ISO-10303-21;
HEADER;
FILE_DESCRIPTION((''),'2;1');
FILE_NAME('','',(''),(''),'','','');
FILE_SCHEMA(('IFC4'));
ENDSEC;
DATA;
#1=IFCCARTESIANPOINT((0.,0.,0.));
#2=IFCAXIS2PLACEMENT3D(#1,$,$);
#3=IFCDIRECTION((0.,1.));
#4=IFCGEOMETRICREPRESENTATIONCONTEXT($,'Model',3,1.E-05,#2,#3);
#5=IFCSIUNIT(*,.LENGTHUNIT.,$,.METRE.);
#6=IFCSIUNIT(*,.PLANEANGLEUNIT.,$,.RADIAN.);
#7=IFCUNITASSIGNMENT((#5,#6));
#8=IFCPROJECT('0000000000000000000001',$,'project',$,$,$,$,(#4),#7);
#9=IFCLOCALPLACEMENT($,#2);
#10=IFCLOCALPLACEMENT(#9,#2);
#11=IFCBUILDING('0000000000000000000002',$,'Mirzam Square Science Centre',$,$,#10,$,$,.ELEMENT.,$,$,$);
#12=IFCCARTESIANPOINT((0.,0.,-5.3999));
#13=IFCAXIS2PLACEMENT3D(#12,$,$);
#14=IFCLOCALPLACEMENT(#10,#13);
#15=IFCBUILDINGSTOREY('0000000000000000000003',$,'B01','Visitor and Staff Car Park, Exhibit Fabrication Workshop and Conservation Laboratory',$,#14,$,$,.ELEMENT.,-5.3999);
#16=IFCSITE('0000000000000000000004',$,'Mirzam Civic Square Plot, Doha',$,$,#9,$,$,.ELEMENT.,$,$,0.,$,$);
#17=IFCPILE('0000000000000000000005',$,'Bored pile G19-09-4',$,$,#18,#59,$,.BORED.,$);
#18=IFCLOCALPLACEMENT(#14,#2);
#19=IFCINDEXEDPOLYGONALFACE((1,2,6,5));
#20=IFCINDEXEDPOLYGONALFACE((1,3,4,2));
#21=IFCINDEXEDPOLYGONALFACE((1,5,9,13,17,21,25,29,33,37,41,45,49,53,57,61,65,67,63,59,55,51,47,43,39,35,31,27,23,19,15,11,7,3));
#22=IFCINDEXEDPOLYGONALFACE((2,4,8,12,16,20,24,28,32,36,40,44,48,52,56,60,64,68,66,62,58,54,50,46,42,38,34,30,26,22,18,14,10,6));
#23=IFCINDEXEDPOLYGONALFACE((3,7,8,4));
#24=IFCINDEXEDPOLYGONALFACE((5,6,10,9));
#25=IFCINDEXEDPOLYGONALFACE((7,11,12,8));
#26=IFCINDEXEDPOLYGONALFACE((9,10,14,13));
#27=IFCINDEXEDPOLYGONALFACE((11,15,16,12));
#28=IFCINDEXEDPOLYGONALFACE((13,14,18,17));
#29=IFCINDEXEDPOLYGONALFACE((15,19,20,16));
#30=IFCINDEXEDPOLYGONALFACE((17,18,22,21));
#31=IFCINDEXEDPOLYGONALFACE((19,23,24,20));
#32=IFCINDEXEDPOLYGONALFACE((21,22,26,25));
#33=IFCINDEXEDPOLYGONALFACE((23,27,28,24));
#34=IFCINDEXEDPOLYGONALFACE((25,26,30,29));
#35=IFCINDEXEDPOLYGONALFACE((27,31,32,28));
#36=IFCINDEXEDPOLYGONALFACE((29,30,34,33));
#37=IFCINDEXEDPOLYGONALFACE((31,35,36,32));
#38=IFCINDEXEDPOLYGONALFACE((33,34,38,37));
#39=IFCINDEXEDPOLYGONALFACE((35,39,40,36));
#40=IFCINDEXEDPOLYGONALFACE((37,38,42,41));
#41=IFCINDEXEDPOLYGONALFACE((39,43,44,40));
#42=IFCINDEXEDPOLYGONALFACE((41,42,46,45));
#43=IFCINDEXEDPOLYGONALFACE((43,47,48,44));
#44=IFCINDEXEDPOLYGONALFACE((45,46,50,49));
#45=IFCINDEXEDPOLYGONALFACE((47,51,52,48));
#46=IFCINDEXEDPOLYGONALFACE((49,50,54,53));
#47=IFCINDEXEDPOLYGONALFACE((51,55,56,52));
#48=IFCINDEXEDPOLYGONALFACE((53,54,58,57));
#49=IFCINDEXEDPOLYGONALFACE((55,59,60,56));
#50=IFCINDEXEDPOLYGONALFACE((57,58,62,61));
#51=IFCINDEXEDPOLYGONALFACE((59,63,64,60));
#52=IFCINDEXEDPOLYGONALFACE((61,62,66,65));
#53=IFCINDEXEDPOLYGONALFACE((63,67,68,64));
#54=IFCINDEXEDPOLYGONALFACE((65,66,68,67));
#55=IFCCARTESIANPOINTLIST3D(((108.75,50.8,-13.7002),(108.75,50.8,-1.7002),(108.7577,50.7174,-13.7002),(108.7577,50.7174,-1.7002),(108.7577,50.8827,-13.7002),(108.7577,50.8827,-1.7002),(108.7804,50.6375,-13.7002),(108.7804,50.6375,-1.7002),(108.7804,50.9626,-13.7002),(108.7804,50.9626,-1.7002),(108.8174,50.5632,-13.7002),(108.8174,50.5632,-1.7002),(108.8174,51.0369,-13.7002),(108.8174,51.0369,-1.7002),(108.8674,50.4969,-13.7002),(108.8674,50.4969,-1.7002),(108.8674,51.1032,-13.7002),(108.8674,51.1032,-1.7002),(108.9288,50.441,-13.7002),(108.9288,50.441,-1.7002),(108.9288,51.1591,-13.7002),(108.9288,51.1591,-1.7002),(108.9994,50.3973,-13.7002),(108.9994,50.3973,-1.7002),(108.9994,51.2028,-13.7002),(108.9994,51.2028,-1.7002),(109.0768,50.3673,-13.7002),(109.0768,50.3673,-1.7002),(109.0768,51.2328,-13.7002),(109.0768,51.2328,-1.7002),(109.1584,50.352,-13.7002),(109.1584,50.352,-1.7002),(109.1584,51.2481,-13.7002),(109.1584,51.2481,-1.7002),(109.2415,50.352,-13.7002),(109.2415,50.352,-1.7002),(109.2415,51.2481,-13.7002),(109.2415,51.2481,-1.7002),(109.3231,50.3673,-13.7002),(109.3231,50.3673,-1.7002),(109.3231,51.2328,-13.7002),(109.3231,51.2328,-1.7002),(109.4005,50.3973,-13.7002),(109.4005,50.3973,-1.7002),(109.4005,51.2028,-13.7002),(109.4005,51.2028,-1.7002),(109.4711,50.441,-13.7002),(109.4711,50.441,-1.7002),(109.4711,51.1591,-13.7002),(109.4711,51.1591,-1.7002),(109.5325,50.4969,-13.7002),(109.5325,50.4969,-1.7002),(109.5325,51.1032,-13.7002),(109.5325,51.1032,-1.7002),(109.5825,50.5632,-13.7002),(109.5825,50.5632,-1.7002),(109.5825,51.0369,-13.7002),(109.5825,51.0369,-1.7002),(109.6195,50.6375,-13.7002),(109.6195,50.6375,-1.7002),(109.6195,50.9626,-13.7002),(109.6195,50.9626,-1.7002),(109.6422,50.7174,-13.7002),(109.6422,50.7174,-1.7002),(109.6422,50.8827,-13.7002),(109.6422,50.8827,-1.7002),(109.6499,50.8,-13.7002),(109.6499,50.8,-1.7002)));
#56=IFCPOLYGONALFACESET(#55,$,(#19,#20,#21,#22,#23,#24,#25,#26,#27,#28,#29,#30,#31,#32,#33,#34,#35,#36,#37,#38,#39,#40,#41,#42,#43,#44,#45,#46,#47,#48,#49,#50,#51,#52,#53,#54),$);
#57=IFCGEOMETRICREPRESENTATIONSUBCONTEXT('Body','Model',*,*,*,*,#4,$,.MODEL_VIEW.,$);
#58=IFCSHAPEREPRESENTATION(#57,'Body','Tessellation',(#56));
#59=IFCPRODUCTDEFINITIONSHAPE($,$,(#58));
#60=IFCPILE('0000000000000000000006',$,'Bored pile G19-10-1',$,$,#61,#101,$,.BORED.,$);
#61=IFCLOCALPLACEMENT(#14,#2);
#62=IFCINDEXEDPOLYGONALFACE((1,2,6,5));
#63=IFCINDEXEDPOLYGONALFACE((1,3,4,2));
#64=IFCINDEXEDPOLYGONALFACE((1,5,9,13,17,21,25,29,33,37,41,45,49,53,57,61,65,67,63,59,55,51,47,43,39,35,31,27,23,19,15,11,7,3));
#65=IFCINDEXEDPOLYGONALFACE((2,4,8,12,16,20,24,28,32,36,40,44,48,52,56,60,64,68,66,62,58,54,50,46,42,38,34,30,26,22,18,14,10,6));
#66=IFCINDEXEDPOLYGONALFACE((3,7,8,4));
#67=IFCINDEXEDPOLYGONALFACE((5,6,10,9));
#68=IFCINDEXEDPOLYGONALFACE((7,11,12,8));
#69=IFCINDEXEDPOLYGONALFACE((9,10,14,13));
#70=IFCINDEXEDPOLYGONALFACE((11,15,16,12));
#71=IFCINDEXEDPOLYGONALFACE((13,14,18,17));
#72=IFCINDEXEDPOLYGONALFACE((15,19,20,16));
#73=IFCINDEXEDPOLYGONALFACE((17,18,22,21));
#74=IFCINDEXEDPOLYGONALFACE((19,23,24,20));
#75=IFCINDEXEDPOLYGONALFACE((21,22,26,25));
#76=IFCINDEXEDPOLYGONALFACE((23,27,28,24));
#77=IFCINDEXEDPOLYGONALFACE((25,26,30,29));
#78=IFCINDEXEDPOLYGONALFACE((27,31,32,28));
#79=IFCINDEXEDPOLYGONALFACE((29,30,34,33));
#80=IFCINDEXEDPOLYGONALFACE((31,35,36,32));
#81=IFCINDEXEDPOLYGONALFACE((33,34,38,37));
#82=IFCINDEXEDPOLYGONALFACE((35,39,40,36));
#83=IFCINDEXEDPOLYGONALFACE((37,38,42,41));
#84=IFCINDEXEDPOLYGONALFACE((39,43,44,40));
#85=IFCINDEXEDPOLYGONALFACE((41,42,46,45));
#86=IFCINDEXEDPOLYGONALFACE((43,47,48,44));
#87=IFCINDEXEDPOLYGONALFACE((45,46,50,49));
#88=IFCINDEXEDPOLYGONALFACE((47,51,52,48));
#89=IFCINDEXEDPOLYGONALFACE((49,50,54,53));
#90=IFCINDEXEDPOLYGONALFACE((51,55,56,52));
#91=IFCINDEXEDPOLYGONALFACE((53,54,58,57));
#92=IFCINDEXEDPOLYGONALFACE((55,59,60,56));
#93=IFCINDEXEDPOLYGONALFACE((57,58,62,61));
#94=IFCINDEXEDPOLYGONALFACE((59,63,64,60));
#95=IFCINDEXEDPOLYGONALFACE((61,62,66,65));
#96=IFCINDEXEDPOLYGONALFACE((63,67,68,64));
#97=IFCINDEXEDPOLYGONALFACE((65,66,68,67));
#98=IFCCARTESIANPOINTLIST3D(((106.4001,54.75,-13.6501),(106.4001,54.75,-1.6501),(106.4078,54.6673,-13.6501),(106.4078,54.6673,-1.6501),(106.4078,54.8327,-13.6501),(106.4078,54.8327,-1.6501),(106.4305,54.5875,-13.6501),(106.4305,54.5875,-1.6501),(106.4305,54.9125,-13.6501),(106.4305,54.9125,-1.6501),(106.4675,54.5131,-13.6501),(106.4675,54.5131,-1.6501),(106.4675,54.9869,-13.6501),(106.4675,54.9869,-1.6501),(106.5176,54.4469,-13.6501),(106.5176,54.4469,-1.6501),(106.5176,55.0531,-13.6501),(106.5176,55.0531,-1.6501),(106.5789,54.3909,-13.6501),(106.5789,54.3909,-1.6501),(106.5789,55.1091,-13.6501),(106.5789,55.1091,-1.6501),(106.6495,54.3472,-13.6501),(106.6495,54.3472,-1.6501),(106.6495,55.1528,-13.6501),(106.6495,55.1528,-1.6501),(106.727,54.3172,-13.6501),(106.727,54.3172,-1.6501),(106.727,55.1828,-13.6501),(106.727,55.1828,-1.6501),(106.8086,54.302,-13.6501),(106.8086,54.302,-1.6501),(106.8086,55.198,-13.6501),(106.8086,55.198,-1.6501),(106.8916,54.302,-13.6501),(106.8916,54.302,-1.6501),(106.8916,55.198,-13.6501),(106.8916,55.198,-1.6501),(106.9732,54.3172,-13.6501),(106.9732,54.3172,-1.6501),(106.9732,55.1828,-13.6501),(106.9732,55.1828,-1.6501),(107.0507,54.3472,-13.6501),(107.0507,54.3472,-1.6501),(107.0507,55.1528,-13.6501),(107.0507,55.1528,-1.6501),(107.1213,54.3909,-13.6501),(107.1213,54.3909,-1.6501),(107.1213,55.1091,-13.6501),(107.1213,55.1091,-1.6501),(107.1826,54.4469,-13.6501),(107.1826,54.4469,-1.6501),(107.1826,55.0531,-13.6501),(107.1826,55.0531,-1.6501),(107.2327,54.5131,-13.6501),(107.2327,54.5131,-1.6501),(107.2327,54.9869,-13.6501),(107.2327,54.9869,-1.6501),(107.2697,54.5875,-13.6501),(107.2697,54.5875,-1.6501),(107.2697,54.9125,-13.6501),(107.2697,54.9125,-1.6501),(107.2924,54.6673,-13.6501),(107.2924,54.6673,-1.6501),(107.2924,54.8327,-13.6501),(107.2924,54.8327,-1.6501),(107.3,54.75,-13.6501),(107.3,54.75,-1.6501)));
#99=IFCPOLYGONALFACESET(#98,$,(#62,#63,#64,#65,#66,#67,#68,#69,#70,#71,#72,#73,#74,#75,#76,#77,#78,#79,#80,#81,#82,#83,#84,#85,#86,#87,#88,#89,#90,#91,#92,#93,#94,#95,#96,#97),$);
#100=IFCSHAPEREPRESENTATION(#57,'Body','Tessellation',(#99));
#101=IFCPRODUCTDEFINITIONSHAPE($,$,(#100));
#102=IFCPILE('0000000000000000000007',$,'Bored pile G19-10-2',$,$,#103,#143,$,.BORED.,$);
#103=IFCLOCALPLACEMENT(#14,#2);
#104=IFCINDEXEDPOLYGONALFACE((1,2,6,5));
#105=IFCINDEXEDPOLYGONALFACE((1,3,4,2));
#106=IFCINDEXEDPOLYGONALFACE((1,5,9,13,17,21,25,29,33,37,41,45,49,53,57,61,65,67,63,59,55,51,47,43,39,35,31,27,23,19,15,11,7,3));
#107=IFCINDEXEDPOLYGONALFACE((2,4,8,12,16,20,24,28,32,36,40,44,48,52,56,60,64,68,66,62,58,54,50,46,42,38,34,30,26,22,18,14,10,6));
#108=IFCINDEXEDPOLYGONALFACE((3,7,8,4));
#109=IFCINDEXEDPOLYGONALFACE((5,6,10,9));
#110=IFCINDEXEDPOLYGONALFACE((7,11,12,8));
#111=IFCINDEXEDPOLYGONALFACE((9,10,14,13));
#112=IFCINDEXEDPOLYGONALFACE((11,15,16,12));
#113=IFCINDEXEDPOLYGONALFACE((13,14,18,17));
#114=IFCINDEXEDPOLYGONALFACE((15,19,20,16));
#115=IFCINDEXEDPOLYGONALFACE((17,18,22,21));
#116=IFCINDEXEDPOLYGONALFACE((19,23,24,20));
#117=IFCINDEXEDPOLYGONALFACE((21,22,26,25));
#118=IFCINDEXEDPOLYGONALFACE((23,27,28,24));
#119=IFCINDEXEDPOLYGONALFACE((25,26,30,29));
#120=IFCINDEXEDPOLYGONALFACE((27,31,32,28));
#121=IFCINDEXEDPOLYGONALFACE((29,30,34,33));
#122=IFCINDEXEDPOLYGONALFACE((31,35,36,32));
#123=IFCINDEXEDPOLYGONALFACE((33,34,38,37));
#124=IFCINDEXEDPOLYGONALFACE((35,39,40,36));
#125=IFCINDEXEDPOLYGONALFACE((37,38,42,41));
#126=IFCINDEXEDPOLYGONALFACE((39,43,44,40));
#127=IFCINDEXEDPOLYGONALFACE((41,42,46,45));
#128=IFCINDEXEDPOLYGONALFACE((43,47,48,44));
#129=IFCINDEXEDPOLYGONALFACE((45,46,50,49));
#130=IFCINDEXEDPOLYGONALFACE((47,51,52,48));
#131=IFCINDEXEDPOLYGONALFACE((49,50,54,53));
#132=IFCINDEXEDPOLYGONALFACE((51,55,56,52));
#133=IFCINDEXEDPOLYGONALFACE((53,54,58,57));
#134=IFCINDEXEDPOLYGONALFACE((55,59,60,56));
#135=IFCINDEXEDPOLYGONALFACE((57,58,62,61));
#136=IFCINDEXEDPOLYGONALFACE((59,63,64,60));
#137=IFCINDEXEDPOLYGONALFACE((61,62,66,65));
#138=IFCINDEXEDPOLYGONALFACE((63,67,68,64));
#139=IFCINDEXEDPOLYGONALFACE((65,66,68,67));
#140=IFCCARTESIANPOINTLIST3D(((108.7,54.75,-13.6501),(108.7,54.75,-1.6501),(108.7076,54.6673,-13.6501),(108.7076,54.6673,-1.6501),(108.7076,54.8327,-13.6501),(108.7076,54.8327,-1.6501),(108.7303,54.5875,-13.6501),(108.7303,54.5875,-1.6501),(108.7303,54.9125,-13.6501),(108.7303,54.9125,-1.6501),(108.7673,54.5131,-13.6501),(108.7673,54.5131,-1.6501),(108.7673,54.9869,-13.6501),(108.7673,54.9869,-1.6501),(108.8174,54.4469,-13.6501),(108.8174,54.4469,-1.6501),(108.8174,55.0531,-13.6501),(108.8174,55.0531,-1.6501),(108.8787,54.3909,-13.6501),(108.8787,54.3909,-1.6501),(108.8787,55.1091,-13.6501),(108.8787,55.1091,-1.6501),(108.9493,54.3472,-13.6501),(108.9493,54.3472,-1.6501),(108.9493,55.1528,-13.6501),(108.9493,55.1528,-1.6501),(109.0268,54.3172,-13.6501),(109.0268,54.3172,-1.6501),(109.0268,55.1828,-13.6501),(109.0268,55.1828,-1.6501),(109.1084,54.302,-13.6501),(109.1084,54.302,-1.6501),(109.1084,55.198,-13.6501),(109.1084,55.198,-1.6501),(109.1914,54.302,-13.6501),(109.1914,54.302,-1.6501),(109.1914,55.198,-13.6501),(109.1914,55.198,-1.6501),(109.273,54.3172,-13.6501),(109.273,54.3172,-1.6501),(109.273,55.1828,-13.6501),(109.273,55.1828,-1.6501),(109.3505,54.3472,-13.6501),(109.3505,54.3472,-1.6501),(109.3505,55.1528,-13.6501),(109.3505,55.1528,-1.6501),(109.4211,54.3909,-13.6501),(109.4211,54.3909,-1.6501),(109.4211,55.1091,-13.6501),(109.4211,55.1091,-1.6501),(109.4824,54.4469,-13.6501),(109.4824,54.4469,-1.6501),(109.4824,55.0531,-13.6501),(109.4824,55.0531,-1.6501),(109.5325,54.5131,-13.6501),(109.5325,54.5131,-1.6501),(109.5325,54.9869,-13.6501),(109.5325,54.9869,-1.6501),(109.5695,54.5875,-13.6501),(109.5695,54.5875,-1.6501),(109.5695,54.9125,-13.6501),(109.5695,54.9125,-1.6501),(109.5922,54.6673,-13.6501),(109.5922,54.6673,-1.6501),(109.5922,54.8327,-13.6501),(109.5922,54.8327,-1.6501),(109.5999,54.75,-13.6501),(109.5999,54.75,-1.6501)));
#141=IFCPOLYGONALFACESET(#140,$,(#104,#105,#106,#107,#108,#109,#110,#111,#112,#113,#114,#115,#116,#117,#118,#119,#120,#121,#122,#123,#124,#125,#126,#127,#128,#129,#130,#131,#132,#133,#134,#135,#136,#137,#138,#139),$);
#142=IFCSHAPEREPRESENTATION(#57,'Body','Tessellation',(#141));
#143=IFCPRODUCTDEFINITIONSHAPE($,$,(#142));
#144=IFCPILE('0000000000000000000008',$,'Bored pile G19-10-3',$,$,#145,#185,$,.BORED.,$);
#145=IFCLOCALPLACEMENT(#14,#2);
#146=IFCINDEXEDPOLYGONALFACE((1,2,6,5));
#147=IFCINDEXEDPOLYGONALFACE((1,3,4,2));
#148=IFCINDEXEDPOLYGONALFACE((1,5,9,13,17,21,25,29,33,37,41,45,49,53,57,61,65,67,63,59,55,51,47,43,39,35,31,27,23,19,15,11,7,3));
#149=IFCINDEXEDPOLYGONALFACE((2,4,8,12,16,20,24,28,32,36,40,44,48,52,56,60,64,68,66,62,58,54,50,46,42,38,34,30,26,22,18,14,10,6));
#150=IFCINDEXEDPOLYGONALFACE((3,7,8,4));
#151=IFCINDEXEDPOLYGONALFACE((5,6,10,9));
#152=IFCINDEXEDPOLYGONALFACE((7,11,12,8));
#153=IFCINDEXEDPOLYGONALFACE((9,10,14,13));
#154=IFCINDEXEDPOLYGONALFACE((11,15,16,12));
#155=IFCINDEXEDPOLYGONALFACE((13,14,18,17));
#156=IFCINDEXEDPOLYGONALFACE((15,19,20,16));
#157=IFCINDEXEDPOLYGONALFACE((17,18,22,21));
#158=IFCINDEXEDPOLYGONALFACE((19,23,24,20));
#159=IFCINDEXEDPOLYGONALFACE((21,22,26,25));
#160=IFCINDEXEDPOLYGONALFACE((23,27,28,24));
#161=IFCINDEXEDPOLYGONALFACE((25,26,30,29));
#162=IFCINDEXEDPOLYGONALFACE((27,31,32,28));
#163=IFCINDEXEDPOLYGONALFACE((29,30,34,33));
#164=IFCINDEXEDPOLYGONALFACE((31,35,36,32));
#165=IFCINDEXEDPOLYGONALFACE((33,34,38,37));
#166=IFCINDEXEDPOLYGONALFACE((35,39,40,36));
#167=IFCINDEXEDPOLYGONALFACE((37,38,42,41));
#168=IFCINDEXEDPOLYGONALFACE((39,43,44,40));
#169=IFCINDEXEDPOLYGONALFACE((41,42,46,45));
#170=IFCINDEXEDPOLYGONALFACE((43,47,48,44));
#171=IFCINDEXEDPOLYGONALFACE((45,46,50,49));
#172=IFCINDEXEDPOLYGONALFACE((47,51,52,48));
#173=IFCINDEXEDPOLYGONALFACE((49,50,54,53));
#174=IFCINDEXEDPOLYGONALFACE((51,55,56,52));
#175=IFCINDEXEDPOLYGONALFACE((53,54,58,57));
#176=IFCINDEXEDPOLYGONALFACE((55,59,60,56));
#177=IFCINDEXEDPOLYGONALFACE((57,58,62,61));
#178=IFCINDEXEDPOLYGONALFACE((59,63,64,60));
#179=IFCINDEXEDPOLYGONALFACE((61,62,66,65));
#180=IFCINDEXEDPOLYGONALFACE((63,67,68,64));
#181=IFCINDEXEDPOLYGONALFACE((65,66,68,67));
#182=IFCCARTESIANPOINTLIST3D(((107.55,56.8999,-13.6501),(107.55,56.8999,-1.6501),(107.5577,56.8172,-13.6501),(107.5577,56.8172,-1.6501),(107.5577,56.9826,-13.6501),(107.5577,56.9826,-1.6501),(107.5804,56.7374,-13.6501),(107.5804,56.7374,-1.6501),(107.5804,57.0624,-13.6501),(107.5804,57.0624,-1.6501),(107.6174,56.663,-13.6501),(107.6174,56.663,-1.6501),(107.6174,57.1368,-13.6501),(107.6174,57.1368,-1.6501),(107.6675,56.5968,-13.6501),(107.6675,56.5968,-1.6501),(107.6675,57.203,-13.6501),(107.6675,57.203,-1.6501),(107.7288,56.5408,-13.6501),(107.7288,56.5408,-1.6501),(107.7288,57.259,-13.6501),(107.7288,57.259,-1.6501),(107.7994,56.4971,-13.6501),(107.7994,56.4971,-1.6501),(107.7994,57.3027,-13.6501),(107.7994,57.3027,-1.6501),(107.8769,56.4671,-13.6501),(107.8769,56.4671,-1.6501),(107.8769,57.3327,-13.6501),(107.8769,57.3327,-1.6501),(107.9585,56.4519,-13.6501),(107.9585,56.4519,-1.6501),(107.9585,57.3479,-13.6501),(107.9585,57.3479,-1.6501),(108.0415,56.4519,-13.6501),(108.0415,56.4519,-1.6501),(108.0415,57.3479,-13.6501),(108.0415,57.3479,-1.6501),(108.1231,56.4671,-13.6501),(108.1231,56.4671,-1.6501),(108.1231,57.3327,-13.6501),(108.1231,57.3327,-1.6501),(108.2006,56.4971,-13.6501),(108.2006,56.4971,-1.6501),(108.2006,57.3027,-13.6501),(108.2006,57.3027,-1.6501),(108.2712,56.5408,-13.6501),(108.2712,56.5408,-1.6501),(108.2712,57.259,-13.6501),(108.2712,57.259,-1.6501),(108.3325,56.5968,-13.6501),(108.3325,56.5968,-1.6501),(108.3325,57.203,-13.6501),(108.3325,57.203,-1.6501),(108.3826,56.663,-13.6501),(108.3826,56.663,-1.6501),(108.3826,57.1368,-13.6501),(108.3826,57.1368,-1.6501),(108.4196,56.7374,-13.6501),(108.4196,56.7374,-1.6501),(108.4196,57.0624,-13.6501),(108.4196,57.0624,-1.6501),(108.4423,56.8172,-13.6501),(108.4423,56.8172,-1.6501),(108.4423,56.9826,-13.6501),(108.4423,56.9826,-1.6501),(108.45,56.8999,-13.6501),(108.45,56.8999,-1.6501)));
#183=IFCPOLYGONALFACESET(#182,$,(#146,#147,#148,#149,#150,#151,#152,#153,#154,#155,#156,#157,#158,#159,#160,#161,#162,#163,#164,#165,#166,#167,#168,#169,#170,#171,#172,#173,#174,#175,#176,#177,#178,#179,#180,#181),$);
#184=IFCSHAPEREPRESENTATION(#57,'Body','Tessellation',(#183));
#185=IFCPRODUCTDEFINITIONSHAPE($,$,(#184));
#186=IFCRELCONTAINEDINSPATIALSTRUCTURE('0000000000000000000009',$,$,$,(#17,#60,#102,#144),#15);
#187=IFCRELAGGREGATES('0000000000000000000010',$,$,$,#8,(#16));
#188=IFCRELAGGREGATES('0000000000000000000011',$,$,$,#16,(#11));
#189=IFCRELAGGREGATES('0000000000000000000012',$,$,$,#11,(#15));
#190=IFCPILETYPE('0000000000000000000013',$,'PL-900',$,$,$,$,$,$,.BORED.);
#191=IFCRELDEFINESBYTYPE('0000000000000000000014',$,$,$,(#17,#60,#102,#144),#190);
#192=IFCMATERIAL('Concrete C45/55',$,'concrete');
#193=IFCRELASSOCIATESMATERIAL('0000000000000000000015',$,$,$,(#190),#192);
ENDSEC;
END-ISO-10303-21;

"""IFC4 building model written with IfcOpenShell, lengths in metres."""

from ifc_helpers import new_model, si_unit, direction, frame, origin, origin_2d, place, context, subcontext, project, spatial, circle, extrude, material, material_profile, profile_set, type_object, element, save


model = new_model("IFC4")

# Units and contexts
model_context = context("Model", 3, precision=1e-05, world=origin(), true_north=direction((0.0, 1.0)))
body_context = subcontext(model_context, "Body", "Model", "MODEL_VIEW")
ifc_project = project(units=[si_unit("LENGTHUNIT", "METRE"), si_unit("PLANEANGLEUNIT", "RADIAN")], contexts=[model_context])

# Site, building, storey
site_placement = place(None, origin())
site = spatial("IfcSite", under=ifc_project, at=site_placement, Name="Mirzam Civic Square Plot, Doha", CompositionType="ELEMENT", RefElevation=0.0)
building_placement = place(site_placement, origin())
building = spatial("IfcBuilding", under=site, at=building_placement, Name="Mirzam Square Science Centre", CompositionType="ELEMENT")
storey_placement = place(building_placement, frame((0.0, 0.0, -5.3999)))
storey = spatial("IfcBuildingStorey", under=building, at=storey_placement, Name="B01", Description="Visitor and Staff Car Park, Exhibit Fabrication Workshop and Conservation Laboratory", CompositionType="ELEMENT", Elevation=-5.3999)

# Shared definitions
ifc_material_1 = material(Name="Concrete C45/55", Category="concrete")

# Piles
ifc_material_profile_1 = material_profile(ifc_material_1, circle(Radius=0.45, at=origin_2d()), Name="PILE-D900")
ifc_profile_set_1 = profile_set([ifc_material_profile_1], Name="Concrete C45/55")
pile_type_1 = type_object("IfcPileType", Name="PL-900", PredefinedType="BORED", material=ifc_profile_set_1)
for number, where, z_axis, x_axis, name in (
    (1, (109.2, 50.8, -1.7002), (0.0, 0.0, -1.0), (1.0, 0.0, 0.0), "Bored pile G19-09-4"),
    (2, (106.8501, 54.75, -1.6501), (0.0, 0.0, -1.0), (1.0, 0.0, 0.0), "Bored pile G19-10-1"),
    (3, (109.1499, 54.75, -1.6501), (0.0, 0.0, -1.0), (1.0, 0.0, 0.0), "Bored pile G19-10-2"),
    (4, (108.0, 56.8999, -1.6501), (0.0, 0.0, -1.0), (1.0, 0.0, 0.0), "Bored pile G19-10-3"),
):
    element("IfcPile", number, at=place(storey_placement, frame(where, z_axis=z_axis, x_axis=x_axis)), inside=storey, type_object=pile_type_1, Name=name, PredefinedType="BORED", context=body_context, shape_type="SweptSolid", body=[
        extrude(circle(Radius=0.45, at=origin_2d()), origin(), (0.0, 0.0, 1.0), 12.0),
    ])

save(model, "model.ifc")
